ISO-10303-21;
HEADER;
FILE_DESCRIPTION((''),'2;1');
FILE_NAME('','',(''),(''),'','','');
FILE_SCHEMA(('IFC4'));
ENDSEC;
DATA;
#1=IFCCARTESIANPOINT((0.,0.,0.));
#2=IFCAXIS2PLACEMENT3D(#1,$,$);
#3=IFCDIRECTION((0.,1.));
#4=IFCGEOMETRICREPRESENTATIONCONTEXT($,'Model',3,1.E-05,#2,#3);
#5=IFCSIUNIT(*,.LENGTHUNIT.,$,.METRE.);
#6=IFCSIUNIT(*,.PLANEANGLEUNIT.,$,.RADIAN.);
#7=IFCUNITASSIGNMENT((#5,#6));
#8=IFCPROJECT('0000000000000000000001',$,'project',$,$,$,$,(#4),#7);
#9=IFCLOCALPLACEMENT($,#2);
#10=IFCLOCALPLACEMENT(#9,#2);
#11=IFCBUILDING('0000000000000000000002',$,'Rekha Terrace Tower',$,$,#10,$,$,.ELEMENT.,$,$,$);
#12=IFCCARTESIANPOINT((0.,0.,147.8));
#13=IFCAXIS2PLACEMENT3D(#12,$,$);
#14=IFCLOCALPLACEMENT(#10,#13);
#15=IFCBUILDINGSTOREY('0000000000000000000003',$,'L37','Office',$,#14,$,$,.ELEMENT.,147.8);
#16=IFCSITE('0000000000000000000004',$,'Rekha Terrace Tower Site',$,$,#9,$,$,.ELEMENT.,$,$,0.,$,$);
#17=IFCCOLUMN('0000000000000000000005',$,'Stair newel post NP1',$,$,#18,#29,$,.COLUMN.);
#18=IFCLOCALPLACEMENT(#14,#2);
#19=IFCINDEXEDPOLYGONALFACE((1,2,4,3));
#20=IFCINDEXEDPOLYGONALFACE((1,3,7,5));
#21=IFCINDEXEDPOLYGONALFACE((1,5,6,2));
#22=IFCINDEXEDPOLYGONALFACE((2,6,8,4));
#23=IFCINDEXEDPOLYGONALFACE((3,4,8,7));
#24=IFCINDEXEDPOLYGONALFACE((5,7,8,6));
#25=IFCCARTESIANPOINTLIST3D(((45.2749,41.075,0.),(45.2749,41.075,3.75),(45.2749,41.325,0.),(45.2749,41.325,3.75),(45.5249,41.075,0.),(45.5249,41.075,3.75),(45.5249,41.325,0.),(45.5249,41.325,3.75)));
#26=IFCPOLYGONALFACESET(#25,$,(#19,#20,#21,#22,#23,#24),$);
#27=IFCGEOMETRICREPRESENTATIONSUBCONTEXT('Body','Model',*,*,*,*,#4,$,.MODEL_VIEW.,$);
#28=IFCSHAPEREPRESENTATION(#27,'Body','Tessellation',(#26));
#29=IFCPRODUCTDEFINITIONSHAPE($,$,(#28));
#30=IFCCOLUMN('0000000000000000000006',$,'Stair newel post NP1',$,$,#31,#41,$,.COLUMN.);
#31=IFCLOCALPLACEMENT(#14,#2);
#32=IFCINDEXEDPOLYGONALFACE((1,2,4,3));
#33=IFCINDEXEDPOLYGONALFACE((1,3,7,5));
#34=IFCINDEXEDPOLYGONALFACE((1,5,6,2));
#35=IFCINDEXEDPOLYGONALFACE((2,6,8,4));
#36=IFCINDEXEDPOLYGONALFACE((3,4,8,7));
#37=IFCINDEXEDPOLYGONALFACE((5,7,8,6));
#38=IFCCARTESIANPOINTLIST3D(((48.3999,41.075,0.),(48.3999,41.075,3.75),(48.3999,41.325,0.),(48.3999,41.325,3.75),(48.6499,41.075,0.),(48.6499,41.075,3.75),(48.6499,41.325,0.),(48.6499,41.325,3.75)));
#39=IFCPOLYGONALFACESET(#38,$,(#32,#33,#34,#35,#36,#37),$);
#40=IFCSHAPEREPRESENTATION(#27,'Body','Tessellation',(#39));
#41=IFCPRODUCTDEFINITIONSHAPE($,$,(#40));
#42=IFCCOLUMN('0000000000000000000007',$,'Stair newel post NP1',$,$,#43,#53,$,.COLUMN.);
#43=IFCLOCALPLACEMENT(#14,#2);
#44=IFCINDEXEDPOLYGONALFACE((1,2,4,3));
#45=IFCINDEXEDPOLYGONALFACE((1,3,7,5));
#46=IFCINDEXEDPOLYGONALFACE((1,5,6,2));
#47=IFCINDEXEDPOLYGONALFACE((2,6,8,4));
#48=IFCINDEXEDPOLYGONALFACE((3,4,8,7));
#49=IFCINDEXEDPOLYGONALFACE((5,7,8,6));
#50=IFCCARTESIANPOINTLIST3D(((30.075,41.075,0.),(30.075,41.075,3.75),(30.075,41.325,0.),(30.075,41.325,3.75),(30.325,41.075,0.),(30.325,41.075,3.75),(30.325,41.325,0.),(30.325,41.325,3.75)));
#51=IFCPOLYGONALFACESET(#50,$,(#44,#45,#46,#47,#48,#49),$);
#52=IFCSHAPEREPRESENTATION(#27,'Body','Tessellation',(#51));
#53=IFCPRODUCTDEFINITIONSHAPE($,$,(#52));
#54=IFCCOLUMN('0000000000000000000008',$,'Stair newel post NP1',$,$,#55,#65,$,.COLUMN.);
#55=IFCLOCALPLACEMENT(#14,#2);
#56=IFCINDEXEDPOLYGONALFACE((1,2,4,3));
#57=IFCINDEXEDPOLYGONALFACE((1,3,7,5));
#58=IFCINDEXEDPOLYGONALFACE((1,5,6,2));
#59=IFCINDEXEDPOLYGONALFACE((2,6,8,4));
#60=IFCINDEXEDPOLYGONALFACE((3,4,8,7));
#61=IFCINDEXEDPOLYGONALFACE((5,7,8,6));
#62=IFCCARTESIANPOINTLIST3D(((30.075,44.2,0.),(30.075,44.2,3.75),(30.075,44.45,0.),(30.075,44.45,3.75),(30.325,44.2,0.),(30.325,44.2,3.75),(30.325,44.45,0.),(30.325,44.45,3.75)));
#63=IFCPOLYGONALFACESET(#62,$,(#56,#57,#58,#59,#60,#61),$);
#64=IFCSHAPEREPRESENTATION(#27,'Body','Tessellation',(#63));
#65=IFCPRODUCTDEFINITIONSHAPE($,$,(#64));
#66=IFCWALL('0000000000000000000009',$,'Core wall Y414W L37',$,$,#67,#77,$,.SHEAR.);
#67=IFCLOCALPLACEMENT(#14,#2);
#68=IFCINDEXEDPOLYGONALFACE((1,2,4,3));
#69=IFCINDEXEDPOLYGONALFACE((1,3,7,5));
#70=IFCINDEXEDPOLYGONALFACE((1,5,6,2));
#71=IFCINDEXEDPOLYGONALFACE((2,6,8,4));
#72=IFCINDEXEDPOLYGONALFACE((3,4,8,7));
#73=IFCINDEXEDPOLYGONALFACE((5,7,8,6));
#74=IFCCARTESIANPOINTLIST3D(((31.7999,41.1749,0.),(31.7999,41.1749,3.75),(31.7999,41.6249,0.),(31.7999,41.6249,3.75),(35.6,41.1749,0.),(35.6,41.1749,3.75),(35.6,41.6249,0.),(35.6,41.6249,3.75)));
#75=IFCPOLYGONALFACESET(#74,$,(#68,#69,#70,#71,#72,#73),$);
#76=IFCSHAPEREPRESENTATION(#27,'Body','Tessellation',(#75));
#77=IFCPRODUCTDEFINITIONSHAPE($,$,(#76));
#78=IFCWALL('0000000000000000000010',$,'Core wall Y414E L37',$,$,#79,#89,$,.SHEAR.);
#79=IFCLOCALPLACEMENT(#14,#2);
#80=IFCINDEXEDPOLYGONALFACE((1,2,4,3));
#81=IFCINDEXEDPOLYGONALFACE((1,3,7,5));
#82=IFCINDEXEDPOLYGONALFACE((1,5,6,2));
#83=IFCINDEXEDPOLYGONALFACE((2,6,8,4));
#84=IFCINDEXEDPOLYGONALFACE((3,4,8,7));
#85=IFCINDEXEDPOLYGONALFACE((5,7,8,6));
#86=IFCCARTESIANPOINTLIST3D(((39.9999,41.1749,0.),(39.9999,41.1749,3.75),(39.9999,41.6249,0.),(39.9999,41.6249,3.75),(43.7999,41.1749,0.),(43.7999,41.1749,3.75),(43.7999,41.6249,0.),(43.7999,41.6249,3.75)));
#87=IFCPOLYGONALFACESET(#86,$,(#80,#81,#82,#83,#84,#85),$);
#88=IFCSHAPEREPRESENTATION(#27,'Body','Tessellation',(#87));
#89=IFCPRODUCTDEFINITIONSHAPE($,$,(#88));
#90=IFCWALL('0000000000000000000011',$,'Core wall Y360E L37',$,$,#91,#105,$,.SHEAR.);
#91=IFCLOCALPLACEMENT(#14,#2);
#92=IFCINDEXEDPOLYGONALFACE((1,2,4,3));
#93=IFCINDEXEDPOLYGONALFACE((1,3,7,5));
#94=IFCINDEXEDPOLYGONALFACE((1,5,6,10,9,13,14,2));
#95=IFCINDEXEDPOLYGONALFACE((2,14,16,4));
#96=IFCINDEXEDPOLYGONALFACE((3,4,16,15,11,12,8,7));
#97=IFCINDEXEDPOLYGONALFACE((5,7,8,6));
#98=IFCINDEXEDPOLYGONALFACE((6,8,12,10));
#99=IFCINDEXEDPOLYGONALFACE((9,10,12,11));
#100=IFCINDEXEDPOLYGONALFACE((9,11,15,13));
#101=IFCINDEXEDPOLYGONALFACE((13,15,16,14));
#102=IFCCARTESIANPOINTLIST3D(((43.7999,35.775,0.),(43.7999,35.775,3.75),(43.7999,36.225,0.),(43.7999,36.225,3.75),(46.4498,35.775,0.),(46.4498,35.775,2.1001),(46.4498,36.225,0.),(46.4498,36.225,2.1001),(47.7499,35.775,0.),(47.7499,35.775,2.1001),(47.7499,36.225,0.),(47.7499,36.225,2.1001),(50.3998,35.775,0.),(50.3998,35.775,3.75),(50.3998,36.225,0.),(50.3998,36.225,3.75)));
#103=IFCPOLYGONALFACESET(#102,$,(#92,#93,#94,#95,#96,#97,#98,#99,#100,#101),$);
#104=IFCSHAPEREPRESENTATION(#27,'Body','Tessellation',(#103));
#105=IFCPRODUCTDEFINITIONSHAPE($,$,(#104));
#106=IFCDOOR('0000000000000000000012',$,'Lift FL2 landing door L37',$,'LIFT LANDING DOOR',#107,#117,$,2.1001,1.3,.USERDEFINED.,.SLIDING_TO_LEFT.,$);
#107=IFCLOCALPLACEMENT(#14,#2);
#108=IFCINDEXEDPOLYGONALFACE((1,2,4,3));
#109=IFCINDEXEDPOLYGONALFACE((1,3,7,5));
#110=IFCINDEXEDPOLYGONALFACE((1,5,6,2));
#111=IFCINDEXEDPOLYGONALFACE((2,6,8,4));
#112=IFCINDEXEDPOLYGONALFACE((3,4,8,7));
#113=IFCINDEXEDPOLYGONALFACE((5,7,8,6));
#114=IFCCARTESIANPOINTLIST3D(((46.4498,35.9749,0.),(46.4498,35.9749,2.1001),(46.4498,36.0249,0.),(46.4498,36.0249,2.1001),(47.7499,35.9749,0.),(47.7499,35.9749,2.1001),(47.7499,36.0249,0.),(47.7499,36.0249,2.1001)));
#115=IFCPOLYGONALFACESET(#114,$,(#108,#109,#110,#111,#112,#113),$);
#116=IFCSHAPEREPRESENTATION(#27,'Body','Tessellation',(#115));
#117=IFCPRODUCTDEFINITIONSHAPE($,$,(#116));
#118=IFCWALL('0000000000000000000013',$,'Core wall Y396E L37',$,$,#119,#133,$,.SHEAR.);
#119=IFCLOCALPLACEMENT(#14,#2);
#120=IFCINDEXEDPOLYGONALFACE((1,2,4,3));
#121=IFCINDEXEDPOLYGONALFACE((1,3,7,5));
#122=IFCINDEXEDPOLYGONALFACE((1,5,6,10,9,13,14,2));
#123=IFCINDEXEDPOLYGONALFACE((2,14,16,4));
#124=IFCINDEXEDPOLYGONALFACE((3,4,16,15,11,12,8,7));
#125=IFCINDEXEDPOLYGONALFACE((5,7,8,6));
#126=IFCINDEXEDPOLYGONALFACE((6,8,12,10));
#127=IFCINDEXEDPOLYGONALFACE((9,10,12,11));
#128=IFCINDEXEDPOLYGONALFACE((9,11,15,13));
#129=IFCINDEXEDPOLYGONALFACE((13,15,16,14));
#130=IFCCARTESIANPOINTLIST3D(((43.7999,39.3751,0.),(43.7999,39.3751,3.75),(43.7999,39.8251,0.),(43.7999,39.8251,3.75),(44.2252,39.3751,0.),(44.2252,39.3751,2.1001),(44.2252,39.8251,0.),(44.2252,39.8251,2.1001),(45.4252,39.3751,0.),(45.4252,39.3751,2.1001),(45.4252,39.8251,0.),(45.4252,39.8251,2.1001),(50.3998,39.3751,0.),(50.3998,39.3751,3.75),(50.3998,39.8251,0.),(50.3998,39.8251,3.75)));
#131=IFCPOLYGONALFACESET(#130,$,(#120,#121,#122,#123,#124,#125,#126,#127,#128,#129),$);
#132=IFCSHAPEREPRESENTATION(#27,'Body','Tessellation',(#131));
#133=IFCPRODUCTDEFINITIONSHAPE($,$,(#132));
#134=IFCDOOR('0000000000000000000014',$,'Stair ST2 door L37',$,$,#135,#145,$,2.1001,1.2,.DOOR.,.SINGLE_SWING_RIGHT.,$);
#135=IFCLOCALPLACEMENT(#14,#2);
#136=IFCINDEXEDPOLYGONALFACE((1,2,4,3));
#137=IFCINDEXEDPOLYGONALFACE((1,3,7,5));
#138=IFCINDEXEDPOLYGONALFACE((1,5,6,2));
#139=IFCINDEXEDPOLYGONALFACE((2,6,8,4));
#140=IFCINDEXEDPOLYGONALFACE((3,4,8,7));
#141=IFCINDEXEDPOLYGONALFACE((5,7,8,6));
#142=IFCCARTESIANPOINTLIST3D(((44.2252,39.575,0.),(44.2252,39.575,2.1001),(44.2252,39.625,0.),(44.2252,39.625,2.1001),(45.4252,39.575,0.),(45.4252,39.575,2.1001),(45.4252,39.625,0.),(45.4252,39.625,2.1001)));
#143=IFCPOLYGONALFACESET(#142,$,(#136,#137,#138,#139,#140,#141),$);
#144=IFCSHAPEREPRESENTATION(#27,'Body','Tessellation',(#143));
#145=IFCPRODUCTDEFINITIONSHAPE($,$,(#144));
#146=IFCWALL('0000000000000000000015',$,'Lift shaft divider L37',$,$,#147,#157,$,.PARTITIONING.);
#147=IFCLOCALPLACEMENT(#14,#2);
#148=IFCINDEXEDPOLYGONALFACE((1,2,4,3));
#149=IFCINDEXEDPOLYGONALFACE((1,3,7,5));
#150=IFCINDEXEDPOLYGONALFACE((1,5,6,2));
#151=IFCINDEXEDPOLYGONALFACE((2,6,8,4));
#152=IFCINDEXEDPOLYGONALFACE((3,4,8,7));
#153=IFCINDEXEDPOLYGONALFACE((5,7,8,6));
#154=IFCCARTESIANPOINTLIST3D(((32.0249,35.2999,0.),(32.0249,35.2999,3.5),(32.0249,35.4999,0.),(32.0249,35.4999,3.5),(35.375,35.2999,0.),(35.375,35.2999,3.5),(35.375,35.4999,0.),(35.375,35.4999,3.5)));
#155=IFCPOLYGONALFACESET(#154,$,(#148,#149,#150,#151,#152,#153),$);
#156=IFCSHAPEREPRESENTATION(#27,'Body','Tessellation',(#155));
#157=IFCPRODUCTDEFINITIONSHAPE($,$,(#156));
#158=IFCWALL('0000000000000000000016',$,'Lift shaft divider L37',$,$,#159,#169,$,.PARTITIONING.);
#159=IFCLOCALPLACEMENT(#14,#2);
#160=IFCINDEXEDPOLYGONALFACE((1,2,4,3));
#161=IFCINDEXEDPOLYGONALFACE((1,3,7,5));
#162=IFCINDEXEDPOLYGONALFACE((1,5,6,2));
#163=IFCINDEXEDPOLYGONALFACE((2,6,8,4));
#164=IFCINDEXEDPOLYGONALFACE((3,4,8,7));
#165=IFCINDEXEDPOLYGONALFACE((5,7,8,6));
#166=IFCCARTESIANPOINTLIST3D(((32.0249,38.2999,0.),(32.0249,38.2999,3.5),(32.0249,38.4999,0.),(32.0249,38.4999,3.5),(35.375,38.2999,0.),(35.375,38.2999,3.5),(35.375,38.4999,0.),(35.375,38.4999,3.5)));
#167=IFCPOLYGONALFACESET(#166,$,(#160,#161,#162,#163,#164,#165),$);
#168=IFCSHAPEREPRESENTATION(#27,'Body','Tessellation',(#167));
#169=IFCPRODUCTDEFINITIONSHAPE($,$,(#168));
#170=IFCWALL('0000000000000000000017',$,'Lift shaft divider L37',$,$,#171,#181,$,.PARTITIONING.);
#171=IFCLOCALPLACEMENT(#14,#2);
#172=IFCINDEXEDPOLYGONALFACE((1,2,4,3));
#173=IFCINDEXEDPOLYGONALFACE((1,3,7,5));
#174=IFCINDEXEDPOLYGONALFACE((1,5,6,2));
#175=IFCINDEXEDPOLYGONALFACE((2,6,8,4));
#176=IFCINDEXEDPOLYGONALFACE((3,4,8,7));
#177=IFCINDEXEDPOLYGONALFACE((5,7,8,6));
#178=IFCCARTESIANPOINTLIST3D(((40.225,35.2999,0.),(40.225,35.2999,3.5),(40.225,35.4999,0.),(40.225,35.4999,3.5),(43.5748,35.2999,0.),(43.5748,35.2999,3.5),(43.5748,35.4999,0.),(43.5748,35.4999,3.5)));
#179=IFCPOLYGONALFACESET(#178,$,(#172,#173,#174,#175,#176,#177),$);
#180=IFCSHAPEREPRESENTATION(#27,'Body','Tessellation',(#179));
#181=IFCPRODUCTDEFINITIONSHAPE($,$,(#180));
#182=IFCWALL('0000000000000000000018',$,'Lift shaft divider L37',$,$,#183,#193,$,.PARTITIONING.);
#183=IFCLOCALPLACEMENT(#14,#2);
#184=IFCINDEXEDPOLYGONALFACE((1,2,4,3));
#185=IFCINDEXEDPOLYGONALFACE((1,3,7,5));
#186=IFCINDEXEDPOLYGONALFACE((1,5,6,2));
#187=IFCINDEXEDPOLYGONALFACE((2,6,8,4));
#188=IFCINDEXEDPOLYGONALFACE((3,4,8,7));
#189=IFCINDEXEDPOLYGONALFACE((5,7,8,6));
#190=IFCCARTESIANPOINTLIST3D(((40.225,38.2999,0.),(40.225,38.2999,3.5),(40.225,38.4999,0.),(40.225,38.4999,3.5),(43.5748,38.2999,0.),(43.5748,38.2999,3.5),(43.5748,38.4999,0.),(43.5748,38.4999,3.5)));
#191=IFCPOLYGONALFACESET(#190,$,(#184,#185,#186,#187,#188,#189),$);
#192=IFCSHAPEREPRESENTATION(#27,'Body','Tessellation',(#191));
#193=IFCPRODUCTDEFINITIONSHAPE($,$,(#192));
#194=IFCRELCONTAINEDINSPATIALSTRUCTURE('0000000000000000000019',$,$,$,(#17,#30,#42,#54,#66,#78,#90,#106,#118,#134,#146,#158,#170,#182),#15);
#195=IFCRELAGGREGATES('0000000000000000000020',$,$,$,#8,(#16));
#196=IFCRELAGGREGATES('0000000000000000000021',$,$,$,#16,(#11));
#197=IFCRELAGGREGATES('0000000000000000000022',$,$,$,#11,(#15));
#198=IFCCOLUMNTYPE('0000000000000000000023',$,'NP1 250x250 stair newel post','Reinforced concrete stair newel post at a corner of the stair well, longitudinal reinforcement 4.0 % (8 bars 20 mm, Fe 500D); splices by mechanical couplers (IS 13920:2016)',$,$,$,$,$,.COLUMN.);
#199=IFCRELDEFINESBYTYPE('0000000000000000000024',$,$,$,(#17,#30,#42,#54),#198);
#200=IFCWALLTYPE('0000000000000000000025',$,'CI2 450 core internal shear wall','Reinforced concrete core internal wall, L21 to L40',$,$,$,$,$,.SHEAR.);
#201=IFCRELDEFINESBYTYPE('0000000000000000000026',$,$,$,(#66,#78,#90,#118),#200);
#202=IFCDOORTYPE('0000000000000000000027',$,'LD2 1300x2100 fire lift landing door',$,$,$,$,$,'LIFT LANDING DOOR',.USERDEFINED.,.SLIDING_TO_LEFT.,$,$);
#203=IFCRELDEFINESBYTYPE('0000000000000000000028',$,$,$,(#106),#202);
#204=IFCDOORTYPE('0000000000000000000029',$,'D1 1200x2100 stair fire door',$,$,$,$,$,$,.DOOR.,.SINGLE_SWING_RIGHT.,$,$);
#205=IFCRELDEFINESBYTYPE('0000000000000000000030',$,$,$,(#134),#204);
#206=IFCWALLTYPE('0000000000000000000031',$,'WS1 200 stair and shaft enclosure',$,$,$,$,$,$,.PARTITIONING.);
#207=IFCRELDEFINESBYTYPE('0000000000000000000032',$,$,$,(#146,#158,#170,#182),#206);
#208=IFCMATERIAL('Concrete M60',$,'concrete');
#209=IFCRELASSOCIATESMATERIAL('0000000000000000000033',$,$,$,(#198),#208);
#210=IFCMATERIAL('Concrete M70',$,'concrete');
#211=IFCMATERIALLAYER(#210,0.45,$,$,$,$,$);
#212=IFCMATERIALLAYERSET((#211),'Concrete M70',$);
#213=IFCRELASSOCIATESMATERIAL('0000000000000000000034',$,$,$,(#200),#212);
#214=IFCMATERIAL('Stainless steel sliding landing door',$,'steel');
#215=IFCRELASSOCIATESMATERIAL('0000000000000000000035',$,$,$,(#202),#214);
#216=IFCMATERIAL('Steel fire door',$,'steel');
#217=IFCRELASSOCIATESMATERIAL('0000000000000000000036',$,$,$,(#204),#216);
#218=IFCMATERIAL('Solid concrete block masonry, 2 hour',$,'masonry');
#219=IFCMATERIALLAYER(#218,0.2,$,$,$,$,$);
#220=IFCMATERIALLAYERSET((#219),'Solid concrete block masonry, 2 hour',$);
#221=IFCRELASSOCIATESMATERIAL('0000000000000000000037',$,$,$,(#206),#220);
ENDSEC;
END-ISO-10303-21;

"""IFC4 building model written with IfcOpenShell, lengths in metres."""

from ifc_helpers import new_model, si_unit, direction, frame, frame_2d, origin, origin_2d, place, context, subcontext, project, spatial, rectangle, extrude, material, layer, layer_set, material_profile, profile_set, type_object, element, fill, save


model = new_model("IFC4")

# Units and contexts
model_context = context("Model", 3, precision=1e-05, world=origin(), true_north=direction((0.0, 1.0)))
body_context = subcontext(model_context, "Body", "Model", "MODEL_VIEW")
ifc_project = project(units=[si_unit("LENGTHUNIT", "METRE"), si_unit("PLANEANGLEUNIT", "RADIAN")], contexts=[model_context])

# Site, building, storey
site_placement = place(None, origin())
site = spatial("IfcSite", under=ifc_project, at=site_placement, Name="Rekha Terrace Tower Site", CompositionType="ELEMENT", RefElevation=0.0)
building_placement = place(site_placement, origin())
building = spatial("IfcBuilding", under=site, at=building_placement, Name="Rekha Terrace Tower", CompositionType="ELEMENT")
storey_placement = place(building_placement, frame((0.0, 0.0, 147.8)))
storey = spatial("IfcBuildingStorey", under=building, at=storey_placement, Name="L37", Description="Office", CompositionType="ELEMENT", Elevation=147.8)

# Columns
ifc_material_1 = material(Name="Concrete M60", Category="concrete")
ifc_material_profile = material_profile(ifc_material_1, rectangle(XDim=0.25, YDim=0.25, at=origin_2d()), Name="RC 250x250")
ifc_profile_set = profile_set([ifc_material_profile], Name="Concrete M60")
column_type = type_object("IfcColumnType", Name="NP1 250x250 stair newel post", Description="Reinforced concrete stair newel post at a corner of the stair well, longitudinal reinforcement 4.0 % (8 bars 20 mm, Fe 500D); splices by mechanical couplers (IS 13920:2016)", PredefinedType="COLUMN", material=ifc_profile_set)
for number, where, z_axis, x_axis, name in (
    (1, (45.3999, 41.2, 0.0), (0.0, 0.0, 1.0), (1.0, 0.0, 0.0), "Stair newel post NP1"),
    (2, (48.5249, 41.2, 0.0), (0.0, 0.0, 1.0), (1.0, 0.0, 0.0), "Stair newel post NP1"),
    (3, (30.2, 41.2, 0.0), (0.0, 0.0, 1.0), (1.0, 0.0, 0.0), "Stair newel post NP1"),
    (4, (30.2, 44.325, 0.0), (0.0, 0.0, 1.0), (1.0, 0.0, 0.0), "Stair newel post NP1"),
):
    element("IfcColumn", number, at=place(storey_placement, frame(where, z_axis=z_axis, x_axis=x_axis)), inside=storey, type_object=column_type, Name=name, PredefinedType="COLUMN", context=body_context, shape_type="SweptSolid", body=[
        extrude(rectangle(XDim=0.25, YDim=0.25, at=origin_2d()), origin(), (0.0, 0.0, 1.0), 3.75),
    ])

# Walls
ifc_material_2 = material(Name="Concrete M70", Category="concrete")
ifc_layer_1 = layer(ifc_material_2, 0.45)
ifc_layer_set_1 = layer_set([ifc_layer_1], Name="Concrete M70")
wall_type_1 = type_object("IfcWallType", Name="CI2 450 core internal shear wall", Description="Reinforced concrete core internal wall, L21 to L40", PredefinedType="SHEAR", material=ifc_layer_set_1)
for number, where, z_axis, x_axis, name in (
    (5, (31.8, 41.3999, 0.0), (0.0, 0.0, 1.0), (1.0, 0.0, 0.0), "Core wall Y414W L37"),
    (6, (40.0, 41.3999, 0.0), (0.0, 0.0, 1.0), (1.0, 0.0, 0.0), "Core wall Y414E L37"),
):
    element("IfcWall", number, at=place(storey_placement, frame(where, z_axis=z_axis, x_axis=x_axis)), inside=storey, type_object=wall_type_1, Name=name, PredefinedType="SHEAR", context=body_context, shape_type="SweptSolid", body=[
        extrude(rectangle(XDim=3.8, YDim=0.45, at=frame_2d((1.8999, 0.0))), origin(), (0.0, 0.0, 1.0), 3.75),
    ])

# Walls, openings, doors
wall_1_placement = place(storey_placement, frame((43.8, 36.0, 0.0), z_axis=(0.0, 0.0, 1.0), x_axis=(1.0, 0.0, 0.0)))
wall_1 = element("IfcWall", 7, at=wall_1_placement, inside=storey, type_object=wall_type_1, Name="Core wall Y360E L37", PredefinedType="SHEAR", context=body_context, shape_type="SweptSolid", body=[
    extrude(rectangle(XDim=6.5999, YDim=0.45, at=frame_2d((3.2998, 0.0))), origin(), (0.0, 0.0, 1.0), 3.75),
])
opening_1_placement = place(wall_1_placement, frame((2.6499, 0.0, 0.0)))
opening_1 = element("IfcOpeningElement", 8, at=opening_1_placement, cuts=wall_1, PredefinedType="OPENING", context=body_context, shape_type="SweptSolid", body=[
    extrude(rectangle(XDim=1.3, YDim=2.1001, at=frame_2d((0.6499, 1.05))), frame((0.0, 0.2349, 0.0), z_axis=(0.0, -1.0, 0.0), x_axis=(1.0, 0.0, 0.0)), (0.0, 0.0, 1.0), 0.47),
])
ifc_material_3 = material(Name="Stainless steel sliding landing door", Category="steel")
door_type_1 = type_object("IfcDoorType", Name="LD2 1300x2100 fire lift landing door", ElementType="LIFT LANDING DOOR", OperationType="SLIDING_TO_LEFT", PredefinedType="USERDEFINED", material=ifc_material_3)
door_1_placement = place(opening_1_placement, origin())
door_1 = element("IfcDoor", 9, at=door_1_placement, inside=storey, type_object=door_type_1, Name="Lift FL2 landing door L37", ObjectType="LIFT LANDING DOOR", OperationType="SLIDING_TO_LEFT", OverallHeight=2.1001, OverallWidth=1.3, PredefinedType="USERDEFINED", context=body_context, shape_type="SweptSolid", body=[
    extrude(rectangle(XDim=1.3, YDim=2.1001, at=frame_2d((0.6499, 1.05))), frame((0.0, 0.0249, 0.0), z_axis=(0.0, -1.0, 0.0), x_axis=(1.0, 0.0, 0.0)), (0.0, 0.0, 1.0), 0.05),
])
fill(opening_1, door_1)
wall_2_placement = place(storey_placement, frame((43.8, 39.6001, 0.0), z_axis=(0.0, 0.0, 1.0), x_axis=(1.0, 0.0, 0.0)))
wall_2 = element("IfcWall", 10, at=wall_2_placement, inside=storey, type_object=wall_type_1, Name="Core wall Y396E L37", PredefinedType="SHEAR", context=body_context, shape_type="SweptSolid", body=[
    extrude(rectangle(XDim=6.5999, YDim=0.45, at=frame_2d((3.2998, 0.0))), origin(), (0.0, 0.0, 1.0), 3.75),
])
opening_2_placement = place(wall_2_placement, frame((0.425, 0.0, 0.0)))
opening_2 = element("IfcOpeningElement", 11, at=opening_2_placement, cuts=wall_2, PredefinedType="OPENING", context=body_context, shape_type="SweptSolid", body=[
    extrude(rectangle(XDim=1.2, YDim=2.1001, at=frame_2d((0.6001, 1.05))), frame((0.0, 0.2349, 0.0), z_axis=(0.0, -1.0, 0.0), x_axis=(1.0, 0.0, 0.0)), (0.0, 0.0, 1.0), 0.47),
])
ifc_material_4 = material(Name="Steel fire door", Category="steel")
door_type_2 = type_object("IfcDoorType", Name="D1 1200x2100 stair fire door", OperationType="SINGLE_SWING_RIGHT", PredefinedType="DOOR", material=ifc_material_4)
door_2_placement = place(opening_2_placement, origin())
door_2 = element("IfcDoor", 12, at=door_2_placement, inside=storey, type_object=door_type_2, Name="Stair ST2 door L37", OperationType="SINGLE_SWING_RIGHT", OverallHeight=2.1001, OverallWidth=1.2, PredefinedType="DOOR", context=body_context, shape_type="SweptSolid", body=[
    extrude(rectangle(XDim=1.2, YDim=2.1001, at=frame_2d((0.6001, 1.05))), frame((0.0, 0.0249, 0.0), z_axis=(0.0, -1.0, 0.0), x_axis=(1.0, 0.0, 0.0)), (0.0, 0.0, 1.0), 0.05),
])
fill(opening_2, door_2)

# Walls
ifc_material_5 = material(Name="Solid concrete block masonry, 2 hour", Category="masonry")
ifc_layer_2 = layer(ifc_material_5, 0.2)
ifc_layer_set_2 = layer_set([ifc_layer_2], Name="Solid concrete block masonry, 2 hour")
wall_type_2 = type_object("IfcWallType", Name="WS1 200 stair and shaft enclosure", PredefinedType="PARTITIONING", material=ifc_layer_set_2)
for number, where, z_axis, x_axis, name in (
    (13, (32.0249, 35.3999, 0.0), (0.0, 0.0, 1.0), (1.0, 0.0, 0.0), "Lift shaft divider L37"),
    (14, (32.0249, 38.3999, 0.0), (0.0, 0.0, 1.0), (1.0, 0.0, 0.0), "Lift shaft divider L37"),
):
    element("IfcWall", number, at=place(storey_placement, frame(where, z_axis=z_axis, x_axis=x_axis)), inside=storey, type_object=wall_type_2, Name=name, PredefinedType="PARTITIONING", context=body_context, shape_type="SweptSolid", body=[
        extrude(rectangle(XDim=3.3501, YDim=0.2, at=frame_2d((1.675, 0.0))), origin(), (0.0, 0.0, 1.0), 3.5),
    ])
for number, where, z_axis, x_axis, name in (
    (15, (40.2251, 35.3999, 0.0), (0.0, 0.0, 1.0), (1.0, 0.0, 0.0), "Lift shaft divider L37"),
    (16, (40.2251, 38.3999, 0.0), (0.0, 0.0, 1.0), (1.0, 0.0, 0.0), "Lift shaft divider L37"),
):
    element("IfcWall", number, at=place(storey_placement, frame(where, z_axis=z_axis, x_axis=x_axis)), inside=storey, type_object=wall_type_2, Name=name, PredefinedType="PARTITIONING", context=body_context, shape_type="SweptSolid", body=[
        extrude(rectangle(XDim=3.3499, YDim=0.2, at=frame_2d((1.6748, 0.0))), origin(), (0.0, 0.0, 1.0), 3.5),
    ])

save(model, "model.ifc")
